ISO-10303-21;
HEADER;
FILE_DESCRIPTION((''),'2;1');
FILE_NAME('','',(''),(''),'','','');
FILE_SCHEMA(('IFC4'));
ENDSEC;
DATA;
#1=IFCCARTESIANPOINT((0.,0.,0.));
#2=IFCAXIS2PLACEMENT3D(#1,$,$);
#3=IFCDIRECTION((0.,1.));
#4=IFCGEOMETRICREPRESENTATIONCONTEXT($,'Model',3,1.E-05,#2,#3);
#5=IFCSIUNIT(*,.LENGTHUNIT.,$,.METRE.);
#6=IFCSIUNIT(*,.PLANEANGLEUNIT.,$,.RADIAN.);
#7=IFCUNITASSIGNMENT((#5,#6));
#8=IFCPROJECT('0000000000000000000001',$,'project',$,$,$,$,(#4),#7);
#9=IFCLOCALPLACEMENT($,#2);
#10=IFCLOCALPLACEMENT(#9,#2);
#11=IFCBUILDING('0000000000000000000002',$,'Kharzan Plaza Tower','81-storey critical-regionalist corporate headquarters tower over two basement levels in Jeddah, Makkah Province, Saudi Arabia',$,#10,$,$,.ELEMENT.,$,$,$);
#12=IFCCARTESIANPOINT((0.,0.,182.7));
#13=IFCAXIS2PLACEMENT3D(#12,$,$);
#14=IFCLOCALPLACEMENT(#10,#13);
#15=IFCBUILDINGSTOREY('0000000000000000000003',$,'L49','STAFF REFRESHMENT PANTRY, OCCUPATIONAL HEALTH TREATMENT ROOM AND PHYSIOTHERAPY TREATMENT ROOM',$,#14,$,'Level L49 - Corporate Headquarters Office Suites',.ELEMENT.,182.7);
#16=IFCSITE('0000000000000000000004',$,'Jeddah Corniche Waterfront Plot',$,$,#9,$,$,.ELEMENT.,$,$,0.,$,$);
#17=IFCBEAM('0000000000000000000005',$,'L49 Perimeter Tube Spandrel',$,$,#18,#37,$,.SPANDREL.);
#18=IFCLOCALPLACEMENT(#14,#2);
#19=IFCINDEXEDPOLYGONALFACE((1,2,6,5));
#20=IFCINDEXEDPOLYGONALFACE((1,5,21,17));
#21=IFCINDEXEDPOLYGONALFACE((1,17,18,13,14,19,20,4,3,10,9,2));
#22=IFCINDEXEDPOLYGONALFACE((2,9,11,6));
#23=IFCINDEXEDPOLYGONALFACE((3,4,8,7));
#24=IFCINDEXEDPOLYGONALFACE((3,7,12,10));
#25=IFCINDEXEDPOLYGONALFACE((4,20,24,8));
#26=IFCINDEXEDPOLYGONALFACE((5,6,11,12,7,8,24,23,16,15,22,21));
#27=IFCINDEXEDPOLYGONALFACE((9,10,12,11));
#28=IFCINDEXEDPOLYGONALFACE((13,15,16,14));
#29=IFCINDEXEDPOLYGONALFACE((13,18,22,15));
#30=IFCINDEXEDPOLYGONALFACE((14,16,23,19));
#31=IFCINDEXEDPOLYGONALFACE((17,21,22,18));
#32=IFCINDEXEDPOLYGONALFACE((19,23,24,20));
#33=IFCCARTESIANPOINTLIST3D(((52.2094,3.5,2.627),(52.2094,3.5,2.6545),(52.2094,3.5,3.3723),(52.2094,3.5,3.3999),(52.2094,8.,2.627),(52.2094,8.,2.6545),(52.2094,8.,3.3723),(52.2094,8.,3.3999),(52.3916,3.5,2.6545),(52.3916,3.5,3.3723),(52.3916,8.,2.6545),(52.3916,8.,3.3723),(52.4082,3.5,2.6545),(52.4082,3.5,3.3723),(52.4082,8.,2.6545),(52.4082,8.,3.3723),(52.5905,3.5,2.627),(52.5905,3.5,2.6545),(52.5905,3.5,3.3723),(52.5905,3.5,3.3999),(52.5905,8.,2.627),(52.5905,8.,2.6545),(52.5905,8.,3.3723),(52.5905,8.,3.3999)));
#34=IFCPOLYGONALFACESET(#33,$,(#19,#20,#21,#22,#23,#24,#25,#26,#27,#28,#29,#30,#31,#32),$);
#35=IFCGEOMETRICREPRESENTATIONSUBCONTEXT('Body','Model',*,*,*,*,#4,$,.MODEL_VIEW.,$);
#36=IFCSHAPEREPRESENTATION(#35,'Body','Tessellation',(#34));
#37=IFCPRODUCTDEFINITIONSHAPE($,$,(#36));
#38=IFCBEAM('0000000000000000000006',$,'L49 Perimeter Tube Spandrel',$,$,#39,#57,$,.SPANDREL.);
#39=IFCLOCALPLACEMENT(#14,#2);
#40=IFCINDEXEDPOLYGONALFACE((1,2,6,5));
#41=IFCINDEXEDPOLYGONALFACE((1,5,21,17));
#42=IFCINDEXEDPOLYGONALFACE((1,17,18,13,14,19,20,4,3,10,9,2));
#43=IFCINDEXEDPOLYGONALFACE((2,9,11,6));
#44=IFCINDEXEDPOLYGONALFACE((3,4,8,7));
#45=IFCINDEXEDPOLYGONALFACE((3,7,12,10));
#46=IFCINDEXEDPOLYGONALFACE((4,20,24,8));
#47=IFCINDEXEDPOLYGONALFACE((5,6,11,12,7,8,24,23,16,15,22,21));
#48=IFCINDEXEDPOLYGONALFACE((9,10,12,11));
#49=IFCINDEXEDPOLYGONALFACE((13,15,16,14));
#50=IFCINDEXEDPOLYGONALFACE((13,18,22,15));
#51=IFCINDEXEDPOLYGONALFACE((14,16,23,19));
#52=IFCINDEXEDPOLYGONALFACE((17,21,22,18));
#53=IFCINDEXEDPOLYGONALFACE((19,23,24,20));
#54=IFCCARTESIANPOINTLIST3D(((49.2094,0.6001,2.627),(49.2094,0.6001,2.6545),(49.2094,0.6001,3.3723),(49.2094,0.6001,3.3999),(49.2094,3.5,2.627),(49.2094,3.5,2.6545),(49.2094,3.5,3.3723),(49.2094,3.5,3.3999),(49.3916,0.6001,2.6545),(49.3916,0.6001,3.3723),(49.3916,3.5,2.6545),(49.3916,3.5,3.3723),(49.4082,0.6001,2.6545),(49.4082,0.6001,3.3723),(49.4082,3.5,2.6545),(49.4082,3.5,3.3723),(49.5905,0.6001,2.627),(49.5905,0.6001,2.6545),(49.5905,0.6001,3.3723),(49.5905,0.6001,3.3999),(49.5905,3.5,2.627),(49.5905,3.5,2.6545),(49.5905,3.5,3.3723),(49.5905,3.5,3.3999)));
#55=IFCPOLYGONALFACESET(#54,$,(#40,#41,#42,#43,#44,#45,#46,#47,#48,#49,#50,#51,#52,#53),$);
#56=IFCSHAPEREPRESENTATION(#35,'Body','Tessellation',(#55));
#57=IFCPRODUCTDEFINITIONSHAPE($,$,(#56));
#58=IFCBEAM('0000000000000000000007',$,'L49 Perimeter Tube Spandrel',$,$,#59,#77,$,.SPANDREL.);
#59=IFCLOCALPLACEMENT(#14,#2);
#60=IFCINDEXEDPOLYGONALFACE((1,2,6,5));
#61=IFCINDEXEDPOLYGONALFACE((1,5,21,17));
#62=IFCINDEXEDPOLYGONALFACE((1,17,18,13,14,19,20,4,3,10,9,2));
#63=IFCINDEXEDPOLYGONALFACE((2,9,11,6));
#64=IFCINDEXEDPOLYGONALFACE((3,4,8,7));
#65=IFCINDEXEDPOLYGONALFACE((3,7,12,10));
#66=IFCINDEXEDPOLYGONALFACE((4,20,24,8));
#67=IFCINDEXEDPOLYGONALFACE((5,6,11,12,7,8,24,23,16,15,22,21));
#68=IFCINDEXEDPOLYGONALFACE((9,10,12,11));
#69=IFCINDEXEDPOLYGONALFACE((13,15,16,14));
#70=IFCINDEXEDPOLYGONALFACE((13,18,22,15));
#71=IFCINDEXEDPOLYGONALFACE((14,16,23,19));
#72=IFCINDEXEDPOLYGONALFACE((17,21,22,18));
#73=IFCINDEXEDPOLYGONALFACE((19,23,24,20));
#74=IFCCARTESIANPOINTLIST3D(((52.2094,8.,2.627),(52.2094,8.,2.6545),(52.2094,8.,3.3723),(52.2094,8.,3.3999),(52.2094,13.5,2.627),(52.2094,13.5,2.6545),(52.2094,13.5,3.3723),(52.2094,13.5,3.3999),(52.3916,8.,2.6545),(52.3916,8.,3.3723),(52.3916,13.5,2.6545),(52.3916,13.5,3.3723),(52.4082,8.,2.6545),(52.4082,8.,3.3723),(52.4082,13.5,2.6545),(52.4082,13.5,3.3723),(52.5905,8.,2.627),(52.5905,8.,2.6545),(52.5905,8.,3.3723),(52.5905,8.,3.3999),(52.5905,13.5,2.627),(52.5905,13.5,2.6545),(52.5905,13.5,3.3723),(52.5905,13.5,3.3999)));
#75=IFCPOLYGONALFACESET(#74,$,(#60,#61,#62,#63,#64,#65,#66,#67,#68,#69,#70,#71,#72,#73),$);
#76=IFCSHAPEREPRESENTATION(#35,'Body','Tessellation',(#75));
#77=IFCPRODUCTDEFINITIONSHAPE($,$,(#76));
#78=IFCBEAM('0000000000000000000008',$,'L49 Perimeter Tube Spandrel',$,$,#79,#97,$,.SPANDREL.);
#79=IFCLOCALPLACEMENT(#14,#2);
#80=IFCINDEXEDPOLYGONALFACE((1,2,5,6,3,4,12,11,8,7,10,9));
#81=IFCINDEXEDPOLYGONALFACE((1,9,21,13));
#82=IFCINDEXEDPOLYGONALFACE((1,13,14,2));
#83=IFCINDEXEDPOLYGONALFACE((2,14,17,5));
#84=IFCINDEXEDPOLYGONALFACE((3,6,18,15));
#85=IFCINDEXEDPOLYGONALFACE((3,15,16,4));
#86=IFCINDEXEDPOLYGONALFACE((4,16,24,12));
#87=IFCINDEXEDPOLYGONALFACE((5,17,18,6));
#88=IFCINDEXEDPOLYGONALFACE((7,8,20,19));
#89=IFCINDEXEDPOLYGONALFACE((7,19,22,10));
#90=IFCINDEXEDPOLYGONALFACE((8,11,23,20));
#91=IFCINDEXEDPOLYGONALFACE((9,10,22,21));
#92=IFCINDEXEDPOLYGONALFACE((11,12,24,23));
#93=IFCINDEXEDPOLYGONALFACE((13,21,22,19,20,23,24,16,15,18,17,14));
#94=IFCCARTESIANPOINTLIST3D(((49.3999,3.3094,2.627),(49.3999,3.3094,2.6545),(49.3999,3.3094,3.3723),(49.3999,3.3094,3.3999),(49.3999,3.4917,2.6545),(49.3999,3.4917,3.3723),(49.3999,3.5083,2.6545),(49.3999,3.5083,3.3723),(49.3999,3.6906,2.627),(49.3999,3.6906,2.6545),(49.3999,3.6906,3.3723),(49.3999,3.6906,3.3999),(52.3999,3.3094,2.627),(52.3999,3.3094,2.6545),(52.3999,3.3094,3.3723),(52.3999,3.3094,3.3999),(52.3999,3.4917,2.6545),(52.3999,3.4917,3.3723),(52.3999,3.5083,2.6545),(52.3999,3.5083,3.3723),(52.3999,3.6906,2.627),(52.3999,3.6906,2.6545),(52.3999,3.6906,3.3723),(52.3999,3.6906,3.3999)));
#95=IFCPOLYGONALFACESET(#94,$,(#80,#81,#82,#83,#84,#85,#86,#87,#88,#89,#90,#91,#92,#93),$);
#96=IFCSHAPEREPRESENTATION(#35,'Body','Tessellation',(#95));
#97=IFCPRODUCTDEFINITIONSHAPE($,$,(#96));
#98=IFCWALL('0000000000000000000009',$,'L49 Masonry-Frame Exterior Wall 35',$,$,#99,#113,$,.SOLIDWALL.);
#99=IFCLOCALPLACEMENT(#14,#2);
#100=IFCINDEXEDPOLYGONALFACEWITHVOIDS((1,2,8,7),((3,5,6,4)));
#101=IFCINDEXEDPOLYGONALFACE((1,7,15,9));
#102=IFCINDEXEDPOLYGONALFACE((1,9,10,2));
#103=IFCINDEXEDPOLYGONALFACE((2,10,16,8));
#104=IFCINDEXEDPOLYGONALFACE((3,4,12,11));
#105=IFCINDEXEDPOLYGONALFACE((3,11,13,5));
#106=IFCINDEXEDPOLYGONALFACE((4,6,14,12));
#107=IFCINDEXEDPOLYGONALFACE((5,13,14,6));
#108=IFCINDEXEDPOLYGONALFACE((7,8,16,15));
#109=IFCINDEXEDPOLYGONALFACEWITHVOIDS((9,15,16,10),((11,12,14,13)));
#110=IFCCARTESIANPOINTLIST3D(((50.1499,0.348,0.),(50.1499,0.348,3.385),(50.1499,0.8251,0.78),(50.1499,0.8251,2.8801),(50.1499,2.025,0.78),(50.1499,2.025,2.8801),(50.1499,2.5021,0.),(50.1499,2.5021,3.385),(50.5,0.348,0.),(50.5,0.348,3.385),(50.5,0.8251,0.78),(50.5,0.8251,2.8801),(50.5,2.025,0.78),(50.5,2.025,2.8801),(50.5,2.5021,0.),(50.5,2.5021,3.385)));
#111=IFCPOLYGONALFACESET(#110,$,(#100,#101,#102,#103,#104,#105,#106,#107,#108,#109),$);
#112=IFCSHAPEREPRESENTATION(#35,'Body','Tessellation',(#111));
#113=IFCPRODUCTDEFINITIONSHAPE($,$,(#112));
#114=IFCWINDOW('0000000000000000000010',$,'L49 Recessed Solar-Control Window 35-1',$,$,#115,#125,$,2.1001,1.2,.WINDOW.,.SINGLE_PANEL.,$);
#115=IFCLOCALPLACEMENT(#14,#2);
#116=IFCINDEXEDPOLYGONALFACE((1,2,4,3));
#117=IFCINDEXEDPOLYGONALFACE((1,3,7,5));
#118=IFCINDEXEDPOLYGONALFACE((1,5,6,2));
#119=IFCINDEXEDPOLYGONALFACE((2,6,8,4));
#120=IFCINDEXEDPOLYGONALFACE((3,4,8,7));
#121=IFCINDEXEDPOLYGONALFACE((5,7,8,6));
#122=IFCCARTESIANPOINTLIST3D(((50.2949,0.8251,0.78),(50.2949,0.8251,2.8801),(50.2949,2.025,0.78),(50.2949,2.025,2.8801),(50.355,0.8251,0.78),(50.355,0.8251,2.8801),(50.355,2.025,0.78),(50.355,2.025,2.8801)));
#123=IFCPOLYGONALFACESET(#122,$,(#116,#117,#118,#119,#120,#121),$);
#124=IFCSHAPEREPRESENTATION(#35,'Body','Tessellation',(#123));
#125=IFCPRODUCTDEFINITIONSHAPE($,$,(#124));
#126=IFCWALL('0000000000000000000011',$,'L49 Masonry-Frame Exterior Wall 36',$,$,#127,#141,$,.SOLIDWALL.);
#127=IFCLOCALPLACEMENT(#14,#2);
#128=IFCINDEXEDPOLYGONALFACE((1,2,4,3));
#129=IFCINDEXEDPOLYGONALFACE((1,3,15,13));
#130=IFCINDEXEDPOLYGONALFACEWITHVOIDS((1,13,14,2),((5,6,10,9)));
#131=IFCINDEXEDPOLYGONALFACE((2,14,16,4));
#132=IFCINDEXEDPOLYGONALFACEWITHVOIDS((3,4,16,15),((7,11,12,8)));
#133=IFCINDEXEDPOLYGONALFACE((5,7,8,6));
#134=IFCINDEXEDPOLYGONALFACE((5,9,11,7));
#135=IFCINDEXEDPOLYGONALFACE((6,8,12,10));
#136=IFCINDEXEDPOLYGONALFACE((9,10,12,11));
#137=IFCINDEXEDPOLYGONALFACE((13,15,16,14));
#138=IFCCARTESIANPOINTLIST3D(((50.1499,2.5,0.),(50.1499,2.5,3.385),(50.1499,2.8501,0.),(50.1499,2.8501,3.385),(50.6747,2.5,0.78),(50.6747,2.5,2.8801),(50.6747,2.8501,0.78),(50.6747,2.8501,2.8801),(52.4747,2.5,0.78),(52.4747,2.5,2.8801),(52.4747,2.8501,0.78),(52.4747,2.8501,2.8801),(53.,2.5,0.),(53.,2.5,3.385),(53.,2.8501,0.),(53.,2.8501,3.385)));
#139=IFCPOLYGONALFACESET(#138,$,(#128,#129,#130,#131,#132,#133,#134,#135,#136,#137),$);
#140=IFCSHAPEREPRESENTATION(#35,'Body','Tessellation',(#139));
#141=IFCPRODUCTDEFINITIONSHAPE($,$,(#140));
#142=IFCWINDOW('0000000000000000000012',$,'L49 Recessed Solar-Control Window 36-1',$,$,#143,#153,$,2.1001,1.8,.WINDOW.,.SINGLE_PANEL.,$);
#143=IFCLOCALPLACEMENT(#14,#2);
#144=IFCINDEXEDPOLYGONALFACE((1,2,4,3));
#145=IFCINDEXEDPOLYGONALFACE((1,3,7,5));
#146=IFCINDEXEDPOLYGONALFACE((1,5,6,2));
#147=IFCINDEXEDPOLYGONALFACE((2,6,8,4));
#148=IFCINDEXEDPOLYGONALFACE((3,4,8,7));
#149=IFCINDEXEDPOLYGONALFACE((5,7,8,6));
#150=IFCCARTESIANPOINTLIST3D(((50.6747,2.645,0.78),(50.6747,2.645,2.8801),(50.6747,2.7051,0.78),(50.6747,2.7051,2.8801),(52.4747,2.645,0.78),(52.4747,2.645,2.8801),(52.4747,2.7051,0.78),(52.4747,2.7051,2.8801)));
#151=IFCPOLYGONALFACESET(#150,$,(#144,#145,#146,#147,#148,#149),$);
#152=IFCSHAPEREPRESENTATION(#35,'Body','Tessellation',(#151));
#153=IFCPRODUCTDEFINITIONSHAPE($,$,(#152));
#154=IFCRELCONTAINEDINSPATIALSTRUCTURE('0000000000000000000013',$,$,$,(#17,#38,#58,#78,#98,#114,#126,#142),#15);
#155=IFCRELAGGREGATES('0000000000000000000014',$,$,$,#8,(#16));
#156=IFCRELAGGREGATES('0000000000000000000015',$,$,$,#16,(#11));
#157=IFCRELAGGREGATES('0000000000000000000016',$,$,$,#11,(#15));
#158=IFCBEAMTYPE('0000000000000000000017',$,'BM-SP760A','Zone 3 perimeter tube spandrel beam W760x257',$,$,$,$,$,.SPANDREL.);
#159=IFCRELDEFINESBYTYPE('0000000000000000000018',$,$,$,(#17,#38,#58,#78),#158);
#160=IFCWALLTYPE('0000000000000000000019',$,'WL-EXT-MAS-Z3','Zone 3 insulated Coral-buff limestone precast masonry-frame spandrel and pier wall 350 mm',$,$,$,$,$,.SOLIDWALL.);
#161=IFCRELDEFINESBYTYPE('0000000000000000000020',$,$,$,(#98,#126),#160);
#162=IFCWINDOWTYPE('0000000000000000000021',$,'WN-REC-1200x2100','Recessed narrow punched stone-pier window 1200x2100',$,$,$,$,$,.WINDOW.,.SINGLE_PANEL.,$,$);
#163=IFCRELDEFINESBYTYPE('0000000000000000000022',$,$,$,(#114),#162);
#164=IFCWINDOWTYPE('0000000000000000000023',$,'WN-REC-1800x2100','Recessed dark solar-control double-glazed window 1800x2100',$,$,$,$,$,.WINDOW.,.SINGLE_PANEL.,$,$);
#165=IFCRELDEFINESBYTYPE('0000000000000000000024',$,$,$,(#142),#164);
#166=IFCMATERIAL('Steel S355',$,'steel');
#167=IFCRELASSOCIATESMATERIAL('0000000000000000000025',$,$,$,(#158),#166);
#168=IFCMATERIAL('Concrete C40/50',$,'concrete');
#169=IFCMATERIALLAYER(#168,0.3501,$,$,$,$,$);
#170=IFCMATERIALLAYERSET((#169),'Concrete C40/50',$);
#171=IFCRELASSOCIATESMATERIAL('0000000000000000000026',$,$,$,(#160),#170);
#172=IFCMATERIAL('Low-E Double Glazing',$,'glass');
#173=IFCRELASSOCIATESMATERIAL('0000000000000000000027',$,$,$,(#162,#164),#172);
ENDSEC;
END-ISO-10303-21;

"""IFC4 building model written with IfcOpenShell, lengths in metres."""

from ifc_helpers import new_model, si_unit, direction, frame, frame_2d, origin, origin_2d, place, context, subcontext, project, spatial, rectangle, i_section, extrude, source, transform, mapped, material, layer, layer_set, material_profile, profile_set, type_object, element, fill, save


model = new_model("IFC4")

# Units and contexts
model_context = context("Model", 3, precision=1e-05, world=origin(), true_north=direction((0.0, 1.0)))
body_context = subcontext(model_context, "Body", "Model", "MODEL_VIEW")
ifc_project = project(units=[si_unit("LENGTHUNIT", "METRE"), si_unit("PLANEANGLEUNIT", "RADIAN")], contexts=[model_context])

# Site, building, storey
site_placement = place(None, origin())
site = spatial("IfcSite", under=ifc_project, at=site_placement, Name="Jeddah Corniche Waterfront Plot", CompositionType="ELEMENT", RefElevation=0.0)
building_placement = place(site_placement, origin())
building = spatial("IfcBuilding", under=site, at=building_placement, Name="Kharzan Plaza Tower", Description="81-storey critical-regionalist corporate headquarters tower over two basement levels in Jeddah, Makkah Province, Saudi Arabia", CompositionType="ELEMENT")
storey_placement = place(building_placement, frame((0.0, 0.0, 182.7)))
storey = spatial("IfcBuildingStorey", under=building, at=storey_placement, Name="L49", Description="STAFF REFRESHMENT PANTRY, OCCUPATIONAL HEALTH TREATMENT ROOM AND PHYSIOTHERAPY TREATMENT ROOM", LongName="Level L49 - Corporate Headquarters Office Suites", CompositionType="ELEMENT", Elevation=182.7)

# Beams
ifc_material_1 = material(Name="Steel S355", Category="steel")
ifc_material_profile_1 = material_profile(ifc_material_1, i_section(OverallWidth=0.3811, OverallDepth=0.7729, WebThickness=0.0166, FlangeThickness=0.0276, at=origin_2d()), Name="W760x257")
ifc_profile_set_1 = profile_set([ifc_material_profile_1], Name="Steel S355")
beam_type_1 = type_object("IfcBeamType", Name="BM-SP760A", Description="Zone 3 perimeter tube spandrel beam W760x257", PredefinedType="SPANDREL", material=ifc_profile_set_1)
shared_shape_1 = source(origin(), body_context, "Body", "SweptSolid", [
    extrude(i_section(OverallWidth=0.3811, OverallDepth=0.7729, WebThickness=0.0166, FlangeThickness=0.0276, at=origin_2d()), origin(), (0.0, 0.0, 1.0), 4.5),
])
beam_1_placement = place(storey_placement, frame((52.3999, 3.5, 3.0134), z_axis=(0.0, 1.0, 0.0), x_axis=(-1.0, 0.0, 0.0)))
element("IfcBeam", 1, at=beam_1_placement, inside=storey, type_object=beam_type_1, Name="L49 Perimeter Tube Spandrel", PredefinedType="SPANDREL", context=body_context, shape_type="MappedRepresentation", body=[
    mapped(shared_shape_1, transform((0.0, 0.0, 0.0), x_axis=(1.0, 0.0, 0.0), y_axis=(0.0, 1.0, 0.0), z_axis=(0.0, 0.0, 1.0))),
])
shared_shape_2 = source(origin(), body_context, "Body", "SweptSolid", [
    extrude(i_section(OverallWidth=0.3811, OverallDepth=0.7729, WebThickness=0.0166, FlangeThickness=0.0276, at=origin_2d()), origin(), (0.0, 0.0, 1.0), 2.8999),
])
beam_2_placement = place(storey_placement, frame((49.3999, 0.6001, 3.0134), z_axis=(0.0, 1.0, 0.0), x_axis=(-1.0, 0.0, 0.0)))
element("IfcBeam", 2, at=beam_2_placement, inside=storey, type_object=beam_type_1, Name="L49 Perimeter Tube Spandrel", PredefinedType="SPANDREL", context=body_context, shape_type="MappedRepresentation", body=[
    mapped(shared_shape_2, transform((0.0, 0.0, 0.0), x_axis=(1.0, 0.0, 0.0), y_axis=(0.0, 1.0, 0.0), z_axis=(0.0, 0.0, 1.0))),
])
shared_shape_3 = source(origin(), body_context, "Body", "SweptSolid", [
    extrude(i_section(OverallWidth=0.3811, OverallDepth=0.7729, WebThickness=0.0166, FlangeThickness=0.0276, at=origin_2d()), origin(), (0.0, 0.0, 1.0), 5.5),
])
beam_3_placement = place(storey_placement, frame((52.3999, 8.0, 3.0134), z_axis=(0.0, 1.0, 0.0), x_axis=(-1.0, 0.0, 0.0)))
element("IfcBeam", 3, at=beam_3_placement, inside=storey, type_object=beam_type_1, Name="L49 Perimeter Tube Spandrel", PredefinedType="SPANDREL", context=body_context, shape_type="MappedRepresentation", body=[
    mapped(shared_shape_3, transform((0.0, 0.0, 0.0), x_axis=(1.0, 0.0, 0.0), y_axis=(0.0, 1.0, 0.0), z_axis=(0.0, 0.0, 1.0))),
])
shared_shape_4 = source(origin(), body_context, "Body", "SweptSolid", [
    extrude(i_section(OverallWidth=0.3811, OverallDepth=0.7729, WebThickness=0.0166, FlangeThickness=0.0276, at=origin_2d()), origin(), (0.0, 0.0, 1.0), 3.0),
])
beam_4_placement = place(storey_placement, frame((49.3999, 3.5, 3.0134), z_axis=(1.0, 0.0, 0.0), x_axis=(0.0, 1.0, 0.0)))
element("IfcBeam", 4, at=beam_4_placement, inside=storey, type_object=beam_type_1, Name="L49 Perimeter Tube Spandrel", PredefinedType="SPANDREL", context=body_context, shape_type="MappedRepresentation", body=[
    mapped(shared_shape_4, transform((0.0, 0.0, 0.0), x_axis=(1.0, 0.0, 0.0), y_axis=(0.0, 1.0, 0.0), z_axis=(0.0, 0.0, 1.0))),
])

# Walls, openings, windows
ifc_material_2 = material(Name="Concrete C40/50", Category="concrete")
ifc_layer_1 = layer(ifc_material_2, 0.3501)
ifc_layer_set_1 = layer_set([ifc_layer_1], Name="Concrete C40/50")
wall_type_1 = type_object("IfcWallType", Name="WL-EXT-MAS-Z3", Description="Zone 3 insulated Coral-buff limestone precast masonry-frame spandrel and pier wall 350 mm", PredefinedType="SOLIDWALL", material=ifc_layer_set_1)
wall_1_placement = place(storey_placement, frame((50.325, 0.3479, 0.0), z_axis=(0.0, 0.0, 1.0), x_axis=(0.0, 1.0, 0.0)))
wall_1 = element("IfcWall", 5, at=wall_1_placement, inside=storey, type_object=wall_type_1, Name="L49 Masonry-Frame Exterior Wall 35", PredefinedType="SOLIDWALL", context=body_context, shape_type="SweptSolid", body=[
    extrude(rectangle(XDim=2.1541, YDim=0.3501, at=frame_2d((1.0771, 0.0))), origin(), (0.0, 0.0, 1.0), 3.385),
])
opening_1_placement = place(wall_1_placement, frame((0.4771, 0.0, 0.78)))
opening_1 = element("IfcOpeningElement", 6, at=opening_1_placement, cuts=wall_1, PredefinedType="OPENING", context=body_context, shape_type="SweptSolid", body=[
    extrude(rectangle(XDim=1.2, YDim=2.1001, at=frame_2d((0.6001, 1.05))), frame((0.0, 0.1851, 0.0), z_axis=(0.0, -1.0, 0.0), x_axis=(1.0, 0.0, 0.0)), (0.0, 0.0, 1.0), 0.3701),
])
ifc_material_3 = material(Name="Low-E Double Glazing", Category="glass")
window_type_1 = type_object("IfcWindowType", Name="WN-REC-1200x2100", Description="Recessed narrow punched stone-pier window 1200x2100", PartitioningType="SINGLE_PANEL", PredefinedType="WINDOW", material=ifc_material_3)
shared_shape_5 = source(origin(), body_context, "Body", "SweptSolid", [
    extrude(rectangle(XDim=1.2, YDim=2.1001, at=frame_2d((0.6001, 1.05))), frame((0.0, 0.03, 0.0), z_axis=(0.0, -1.0, 0.0), x_axis=(1.0, 0.0, 0.0)), (0.0, 0.0, 1.0), 0.0601),
])
window_1_placement = place(opening_1_placement, origin())
window_1 = element("IfcWindow", 7, at=window_1_placement, inside=storey, type_object=window_type_1, Name="L49 Recessed Solar-Control Window 35-1", OverallHeight=2.1001, OverallWidth=1.2, PartitioningType="SINGLE_PANEL", PredefinedType="WINDOW", context=body_context, shape_type="MappedRepresentation", body=[
    mapped(shared_shape_5, transform((0.0, 0.0, 0.0), x_axis=(1.0, 0.0, 0.0), y_axis=(0.0, 1.0, 0.0), z_axis=(0.0, 0.0, 1.0))),
])
fill(opening_1, window_1)
wall_2_placement = place(storey_placement, frame((50.1499, 2.675, 0.0), z_axis=(0.0, 0.0, 1.0), x_axis=(1.0, 0.0, 0.0)))
wall_2 = element("IfcWall", 8, at=wall_2_placement, inside=storey, type_object=wall_type_1, Name="L49 Masonry-Frame Exterior Wall 36", PredefinedType="SOLIDWALL", context=body_context, shape_type="SweptSolid", body=[
    extrude(rectangle(XDim=2.8501, YDim=0.3501, at=frame_2d((1.425, 0.0))), origin(), (0.0, 0.0, 1.0), 3.385),
])
opening_2_placement = place(wall_2_placement, frame((0.5249, 0.0, 0.78)))
opening_2 = element("IfcOpeningElement", 9, at=opening_2_placement, cuts=wall_2, PredefinedType="OPENING", context=body_context, shape_type="SweptSolid", body=[
    extrude(rectangle(XDim=1.8, YDim=2.1001, at=frame_2d((0.8999, 1.05))), frame((0.0, 0.1851, 0.0), z_axis=(0.0, -1.0, 0.0), x_axis=(1.0, 0.0, 0.0)), (0.0, 0.0, 1.0), 0.3701),
])
window_type_2 = type_object("IfcWindowType", Name="WN-REC-1800x2100", Description="Recessed dark solar-control double-glazed window 1800x2100", PartitioningType="SINGLE_PANEL", PredefinedType="WINDOW", material=ifc_material_3)
shared_shape_6 = source(origin(), body_context, "Body", "SweptSolid", [
    extrude(rectangle(XDim=1.8, YDim=2.1001, at=frame_2d((0.8999, 1.05))), frame((0.0, 0.03, 0.0), z_axis=(0.0, -1.0, 0.0), x_axis=(1.0, 0.0, 0.0)), (0.0, 0.0, 1.0), 0.0601),
])
window_2_placement = place(opening_2_placement, origin())
window_2 = element("IfcWindow", 10, at=window_2_placement, inside=storey, type_object=window_type_2, Name="L49 Recessed Solar-Control Window 36-1", OverallHeight=2.1001, OverallWidth=1.8, PartitioningType="SINGLE_PANEL", PredefinedType="WINDOW", context=body_context, shape_type="MappedRepresentation", body=[
    mapped(shared_shape_6, transform((0.0, 0.0, 0.0), x_axis=(1.0, 0.0, 0.0), y_axis=(0.0, 1.0, 0.0), z_axis=(0.0, 0.0, 1.0))),
])
fill(opening_2, window_2)

save(model, "model.ifc")
